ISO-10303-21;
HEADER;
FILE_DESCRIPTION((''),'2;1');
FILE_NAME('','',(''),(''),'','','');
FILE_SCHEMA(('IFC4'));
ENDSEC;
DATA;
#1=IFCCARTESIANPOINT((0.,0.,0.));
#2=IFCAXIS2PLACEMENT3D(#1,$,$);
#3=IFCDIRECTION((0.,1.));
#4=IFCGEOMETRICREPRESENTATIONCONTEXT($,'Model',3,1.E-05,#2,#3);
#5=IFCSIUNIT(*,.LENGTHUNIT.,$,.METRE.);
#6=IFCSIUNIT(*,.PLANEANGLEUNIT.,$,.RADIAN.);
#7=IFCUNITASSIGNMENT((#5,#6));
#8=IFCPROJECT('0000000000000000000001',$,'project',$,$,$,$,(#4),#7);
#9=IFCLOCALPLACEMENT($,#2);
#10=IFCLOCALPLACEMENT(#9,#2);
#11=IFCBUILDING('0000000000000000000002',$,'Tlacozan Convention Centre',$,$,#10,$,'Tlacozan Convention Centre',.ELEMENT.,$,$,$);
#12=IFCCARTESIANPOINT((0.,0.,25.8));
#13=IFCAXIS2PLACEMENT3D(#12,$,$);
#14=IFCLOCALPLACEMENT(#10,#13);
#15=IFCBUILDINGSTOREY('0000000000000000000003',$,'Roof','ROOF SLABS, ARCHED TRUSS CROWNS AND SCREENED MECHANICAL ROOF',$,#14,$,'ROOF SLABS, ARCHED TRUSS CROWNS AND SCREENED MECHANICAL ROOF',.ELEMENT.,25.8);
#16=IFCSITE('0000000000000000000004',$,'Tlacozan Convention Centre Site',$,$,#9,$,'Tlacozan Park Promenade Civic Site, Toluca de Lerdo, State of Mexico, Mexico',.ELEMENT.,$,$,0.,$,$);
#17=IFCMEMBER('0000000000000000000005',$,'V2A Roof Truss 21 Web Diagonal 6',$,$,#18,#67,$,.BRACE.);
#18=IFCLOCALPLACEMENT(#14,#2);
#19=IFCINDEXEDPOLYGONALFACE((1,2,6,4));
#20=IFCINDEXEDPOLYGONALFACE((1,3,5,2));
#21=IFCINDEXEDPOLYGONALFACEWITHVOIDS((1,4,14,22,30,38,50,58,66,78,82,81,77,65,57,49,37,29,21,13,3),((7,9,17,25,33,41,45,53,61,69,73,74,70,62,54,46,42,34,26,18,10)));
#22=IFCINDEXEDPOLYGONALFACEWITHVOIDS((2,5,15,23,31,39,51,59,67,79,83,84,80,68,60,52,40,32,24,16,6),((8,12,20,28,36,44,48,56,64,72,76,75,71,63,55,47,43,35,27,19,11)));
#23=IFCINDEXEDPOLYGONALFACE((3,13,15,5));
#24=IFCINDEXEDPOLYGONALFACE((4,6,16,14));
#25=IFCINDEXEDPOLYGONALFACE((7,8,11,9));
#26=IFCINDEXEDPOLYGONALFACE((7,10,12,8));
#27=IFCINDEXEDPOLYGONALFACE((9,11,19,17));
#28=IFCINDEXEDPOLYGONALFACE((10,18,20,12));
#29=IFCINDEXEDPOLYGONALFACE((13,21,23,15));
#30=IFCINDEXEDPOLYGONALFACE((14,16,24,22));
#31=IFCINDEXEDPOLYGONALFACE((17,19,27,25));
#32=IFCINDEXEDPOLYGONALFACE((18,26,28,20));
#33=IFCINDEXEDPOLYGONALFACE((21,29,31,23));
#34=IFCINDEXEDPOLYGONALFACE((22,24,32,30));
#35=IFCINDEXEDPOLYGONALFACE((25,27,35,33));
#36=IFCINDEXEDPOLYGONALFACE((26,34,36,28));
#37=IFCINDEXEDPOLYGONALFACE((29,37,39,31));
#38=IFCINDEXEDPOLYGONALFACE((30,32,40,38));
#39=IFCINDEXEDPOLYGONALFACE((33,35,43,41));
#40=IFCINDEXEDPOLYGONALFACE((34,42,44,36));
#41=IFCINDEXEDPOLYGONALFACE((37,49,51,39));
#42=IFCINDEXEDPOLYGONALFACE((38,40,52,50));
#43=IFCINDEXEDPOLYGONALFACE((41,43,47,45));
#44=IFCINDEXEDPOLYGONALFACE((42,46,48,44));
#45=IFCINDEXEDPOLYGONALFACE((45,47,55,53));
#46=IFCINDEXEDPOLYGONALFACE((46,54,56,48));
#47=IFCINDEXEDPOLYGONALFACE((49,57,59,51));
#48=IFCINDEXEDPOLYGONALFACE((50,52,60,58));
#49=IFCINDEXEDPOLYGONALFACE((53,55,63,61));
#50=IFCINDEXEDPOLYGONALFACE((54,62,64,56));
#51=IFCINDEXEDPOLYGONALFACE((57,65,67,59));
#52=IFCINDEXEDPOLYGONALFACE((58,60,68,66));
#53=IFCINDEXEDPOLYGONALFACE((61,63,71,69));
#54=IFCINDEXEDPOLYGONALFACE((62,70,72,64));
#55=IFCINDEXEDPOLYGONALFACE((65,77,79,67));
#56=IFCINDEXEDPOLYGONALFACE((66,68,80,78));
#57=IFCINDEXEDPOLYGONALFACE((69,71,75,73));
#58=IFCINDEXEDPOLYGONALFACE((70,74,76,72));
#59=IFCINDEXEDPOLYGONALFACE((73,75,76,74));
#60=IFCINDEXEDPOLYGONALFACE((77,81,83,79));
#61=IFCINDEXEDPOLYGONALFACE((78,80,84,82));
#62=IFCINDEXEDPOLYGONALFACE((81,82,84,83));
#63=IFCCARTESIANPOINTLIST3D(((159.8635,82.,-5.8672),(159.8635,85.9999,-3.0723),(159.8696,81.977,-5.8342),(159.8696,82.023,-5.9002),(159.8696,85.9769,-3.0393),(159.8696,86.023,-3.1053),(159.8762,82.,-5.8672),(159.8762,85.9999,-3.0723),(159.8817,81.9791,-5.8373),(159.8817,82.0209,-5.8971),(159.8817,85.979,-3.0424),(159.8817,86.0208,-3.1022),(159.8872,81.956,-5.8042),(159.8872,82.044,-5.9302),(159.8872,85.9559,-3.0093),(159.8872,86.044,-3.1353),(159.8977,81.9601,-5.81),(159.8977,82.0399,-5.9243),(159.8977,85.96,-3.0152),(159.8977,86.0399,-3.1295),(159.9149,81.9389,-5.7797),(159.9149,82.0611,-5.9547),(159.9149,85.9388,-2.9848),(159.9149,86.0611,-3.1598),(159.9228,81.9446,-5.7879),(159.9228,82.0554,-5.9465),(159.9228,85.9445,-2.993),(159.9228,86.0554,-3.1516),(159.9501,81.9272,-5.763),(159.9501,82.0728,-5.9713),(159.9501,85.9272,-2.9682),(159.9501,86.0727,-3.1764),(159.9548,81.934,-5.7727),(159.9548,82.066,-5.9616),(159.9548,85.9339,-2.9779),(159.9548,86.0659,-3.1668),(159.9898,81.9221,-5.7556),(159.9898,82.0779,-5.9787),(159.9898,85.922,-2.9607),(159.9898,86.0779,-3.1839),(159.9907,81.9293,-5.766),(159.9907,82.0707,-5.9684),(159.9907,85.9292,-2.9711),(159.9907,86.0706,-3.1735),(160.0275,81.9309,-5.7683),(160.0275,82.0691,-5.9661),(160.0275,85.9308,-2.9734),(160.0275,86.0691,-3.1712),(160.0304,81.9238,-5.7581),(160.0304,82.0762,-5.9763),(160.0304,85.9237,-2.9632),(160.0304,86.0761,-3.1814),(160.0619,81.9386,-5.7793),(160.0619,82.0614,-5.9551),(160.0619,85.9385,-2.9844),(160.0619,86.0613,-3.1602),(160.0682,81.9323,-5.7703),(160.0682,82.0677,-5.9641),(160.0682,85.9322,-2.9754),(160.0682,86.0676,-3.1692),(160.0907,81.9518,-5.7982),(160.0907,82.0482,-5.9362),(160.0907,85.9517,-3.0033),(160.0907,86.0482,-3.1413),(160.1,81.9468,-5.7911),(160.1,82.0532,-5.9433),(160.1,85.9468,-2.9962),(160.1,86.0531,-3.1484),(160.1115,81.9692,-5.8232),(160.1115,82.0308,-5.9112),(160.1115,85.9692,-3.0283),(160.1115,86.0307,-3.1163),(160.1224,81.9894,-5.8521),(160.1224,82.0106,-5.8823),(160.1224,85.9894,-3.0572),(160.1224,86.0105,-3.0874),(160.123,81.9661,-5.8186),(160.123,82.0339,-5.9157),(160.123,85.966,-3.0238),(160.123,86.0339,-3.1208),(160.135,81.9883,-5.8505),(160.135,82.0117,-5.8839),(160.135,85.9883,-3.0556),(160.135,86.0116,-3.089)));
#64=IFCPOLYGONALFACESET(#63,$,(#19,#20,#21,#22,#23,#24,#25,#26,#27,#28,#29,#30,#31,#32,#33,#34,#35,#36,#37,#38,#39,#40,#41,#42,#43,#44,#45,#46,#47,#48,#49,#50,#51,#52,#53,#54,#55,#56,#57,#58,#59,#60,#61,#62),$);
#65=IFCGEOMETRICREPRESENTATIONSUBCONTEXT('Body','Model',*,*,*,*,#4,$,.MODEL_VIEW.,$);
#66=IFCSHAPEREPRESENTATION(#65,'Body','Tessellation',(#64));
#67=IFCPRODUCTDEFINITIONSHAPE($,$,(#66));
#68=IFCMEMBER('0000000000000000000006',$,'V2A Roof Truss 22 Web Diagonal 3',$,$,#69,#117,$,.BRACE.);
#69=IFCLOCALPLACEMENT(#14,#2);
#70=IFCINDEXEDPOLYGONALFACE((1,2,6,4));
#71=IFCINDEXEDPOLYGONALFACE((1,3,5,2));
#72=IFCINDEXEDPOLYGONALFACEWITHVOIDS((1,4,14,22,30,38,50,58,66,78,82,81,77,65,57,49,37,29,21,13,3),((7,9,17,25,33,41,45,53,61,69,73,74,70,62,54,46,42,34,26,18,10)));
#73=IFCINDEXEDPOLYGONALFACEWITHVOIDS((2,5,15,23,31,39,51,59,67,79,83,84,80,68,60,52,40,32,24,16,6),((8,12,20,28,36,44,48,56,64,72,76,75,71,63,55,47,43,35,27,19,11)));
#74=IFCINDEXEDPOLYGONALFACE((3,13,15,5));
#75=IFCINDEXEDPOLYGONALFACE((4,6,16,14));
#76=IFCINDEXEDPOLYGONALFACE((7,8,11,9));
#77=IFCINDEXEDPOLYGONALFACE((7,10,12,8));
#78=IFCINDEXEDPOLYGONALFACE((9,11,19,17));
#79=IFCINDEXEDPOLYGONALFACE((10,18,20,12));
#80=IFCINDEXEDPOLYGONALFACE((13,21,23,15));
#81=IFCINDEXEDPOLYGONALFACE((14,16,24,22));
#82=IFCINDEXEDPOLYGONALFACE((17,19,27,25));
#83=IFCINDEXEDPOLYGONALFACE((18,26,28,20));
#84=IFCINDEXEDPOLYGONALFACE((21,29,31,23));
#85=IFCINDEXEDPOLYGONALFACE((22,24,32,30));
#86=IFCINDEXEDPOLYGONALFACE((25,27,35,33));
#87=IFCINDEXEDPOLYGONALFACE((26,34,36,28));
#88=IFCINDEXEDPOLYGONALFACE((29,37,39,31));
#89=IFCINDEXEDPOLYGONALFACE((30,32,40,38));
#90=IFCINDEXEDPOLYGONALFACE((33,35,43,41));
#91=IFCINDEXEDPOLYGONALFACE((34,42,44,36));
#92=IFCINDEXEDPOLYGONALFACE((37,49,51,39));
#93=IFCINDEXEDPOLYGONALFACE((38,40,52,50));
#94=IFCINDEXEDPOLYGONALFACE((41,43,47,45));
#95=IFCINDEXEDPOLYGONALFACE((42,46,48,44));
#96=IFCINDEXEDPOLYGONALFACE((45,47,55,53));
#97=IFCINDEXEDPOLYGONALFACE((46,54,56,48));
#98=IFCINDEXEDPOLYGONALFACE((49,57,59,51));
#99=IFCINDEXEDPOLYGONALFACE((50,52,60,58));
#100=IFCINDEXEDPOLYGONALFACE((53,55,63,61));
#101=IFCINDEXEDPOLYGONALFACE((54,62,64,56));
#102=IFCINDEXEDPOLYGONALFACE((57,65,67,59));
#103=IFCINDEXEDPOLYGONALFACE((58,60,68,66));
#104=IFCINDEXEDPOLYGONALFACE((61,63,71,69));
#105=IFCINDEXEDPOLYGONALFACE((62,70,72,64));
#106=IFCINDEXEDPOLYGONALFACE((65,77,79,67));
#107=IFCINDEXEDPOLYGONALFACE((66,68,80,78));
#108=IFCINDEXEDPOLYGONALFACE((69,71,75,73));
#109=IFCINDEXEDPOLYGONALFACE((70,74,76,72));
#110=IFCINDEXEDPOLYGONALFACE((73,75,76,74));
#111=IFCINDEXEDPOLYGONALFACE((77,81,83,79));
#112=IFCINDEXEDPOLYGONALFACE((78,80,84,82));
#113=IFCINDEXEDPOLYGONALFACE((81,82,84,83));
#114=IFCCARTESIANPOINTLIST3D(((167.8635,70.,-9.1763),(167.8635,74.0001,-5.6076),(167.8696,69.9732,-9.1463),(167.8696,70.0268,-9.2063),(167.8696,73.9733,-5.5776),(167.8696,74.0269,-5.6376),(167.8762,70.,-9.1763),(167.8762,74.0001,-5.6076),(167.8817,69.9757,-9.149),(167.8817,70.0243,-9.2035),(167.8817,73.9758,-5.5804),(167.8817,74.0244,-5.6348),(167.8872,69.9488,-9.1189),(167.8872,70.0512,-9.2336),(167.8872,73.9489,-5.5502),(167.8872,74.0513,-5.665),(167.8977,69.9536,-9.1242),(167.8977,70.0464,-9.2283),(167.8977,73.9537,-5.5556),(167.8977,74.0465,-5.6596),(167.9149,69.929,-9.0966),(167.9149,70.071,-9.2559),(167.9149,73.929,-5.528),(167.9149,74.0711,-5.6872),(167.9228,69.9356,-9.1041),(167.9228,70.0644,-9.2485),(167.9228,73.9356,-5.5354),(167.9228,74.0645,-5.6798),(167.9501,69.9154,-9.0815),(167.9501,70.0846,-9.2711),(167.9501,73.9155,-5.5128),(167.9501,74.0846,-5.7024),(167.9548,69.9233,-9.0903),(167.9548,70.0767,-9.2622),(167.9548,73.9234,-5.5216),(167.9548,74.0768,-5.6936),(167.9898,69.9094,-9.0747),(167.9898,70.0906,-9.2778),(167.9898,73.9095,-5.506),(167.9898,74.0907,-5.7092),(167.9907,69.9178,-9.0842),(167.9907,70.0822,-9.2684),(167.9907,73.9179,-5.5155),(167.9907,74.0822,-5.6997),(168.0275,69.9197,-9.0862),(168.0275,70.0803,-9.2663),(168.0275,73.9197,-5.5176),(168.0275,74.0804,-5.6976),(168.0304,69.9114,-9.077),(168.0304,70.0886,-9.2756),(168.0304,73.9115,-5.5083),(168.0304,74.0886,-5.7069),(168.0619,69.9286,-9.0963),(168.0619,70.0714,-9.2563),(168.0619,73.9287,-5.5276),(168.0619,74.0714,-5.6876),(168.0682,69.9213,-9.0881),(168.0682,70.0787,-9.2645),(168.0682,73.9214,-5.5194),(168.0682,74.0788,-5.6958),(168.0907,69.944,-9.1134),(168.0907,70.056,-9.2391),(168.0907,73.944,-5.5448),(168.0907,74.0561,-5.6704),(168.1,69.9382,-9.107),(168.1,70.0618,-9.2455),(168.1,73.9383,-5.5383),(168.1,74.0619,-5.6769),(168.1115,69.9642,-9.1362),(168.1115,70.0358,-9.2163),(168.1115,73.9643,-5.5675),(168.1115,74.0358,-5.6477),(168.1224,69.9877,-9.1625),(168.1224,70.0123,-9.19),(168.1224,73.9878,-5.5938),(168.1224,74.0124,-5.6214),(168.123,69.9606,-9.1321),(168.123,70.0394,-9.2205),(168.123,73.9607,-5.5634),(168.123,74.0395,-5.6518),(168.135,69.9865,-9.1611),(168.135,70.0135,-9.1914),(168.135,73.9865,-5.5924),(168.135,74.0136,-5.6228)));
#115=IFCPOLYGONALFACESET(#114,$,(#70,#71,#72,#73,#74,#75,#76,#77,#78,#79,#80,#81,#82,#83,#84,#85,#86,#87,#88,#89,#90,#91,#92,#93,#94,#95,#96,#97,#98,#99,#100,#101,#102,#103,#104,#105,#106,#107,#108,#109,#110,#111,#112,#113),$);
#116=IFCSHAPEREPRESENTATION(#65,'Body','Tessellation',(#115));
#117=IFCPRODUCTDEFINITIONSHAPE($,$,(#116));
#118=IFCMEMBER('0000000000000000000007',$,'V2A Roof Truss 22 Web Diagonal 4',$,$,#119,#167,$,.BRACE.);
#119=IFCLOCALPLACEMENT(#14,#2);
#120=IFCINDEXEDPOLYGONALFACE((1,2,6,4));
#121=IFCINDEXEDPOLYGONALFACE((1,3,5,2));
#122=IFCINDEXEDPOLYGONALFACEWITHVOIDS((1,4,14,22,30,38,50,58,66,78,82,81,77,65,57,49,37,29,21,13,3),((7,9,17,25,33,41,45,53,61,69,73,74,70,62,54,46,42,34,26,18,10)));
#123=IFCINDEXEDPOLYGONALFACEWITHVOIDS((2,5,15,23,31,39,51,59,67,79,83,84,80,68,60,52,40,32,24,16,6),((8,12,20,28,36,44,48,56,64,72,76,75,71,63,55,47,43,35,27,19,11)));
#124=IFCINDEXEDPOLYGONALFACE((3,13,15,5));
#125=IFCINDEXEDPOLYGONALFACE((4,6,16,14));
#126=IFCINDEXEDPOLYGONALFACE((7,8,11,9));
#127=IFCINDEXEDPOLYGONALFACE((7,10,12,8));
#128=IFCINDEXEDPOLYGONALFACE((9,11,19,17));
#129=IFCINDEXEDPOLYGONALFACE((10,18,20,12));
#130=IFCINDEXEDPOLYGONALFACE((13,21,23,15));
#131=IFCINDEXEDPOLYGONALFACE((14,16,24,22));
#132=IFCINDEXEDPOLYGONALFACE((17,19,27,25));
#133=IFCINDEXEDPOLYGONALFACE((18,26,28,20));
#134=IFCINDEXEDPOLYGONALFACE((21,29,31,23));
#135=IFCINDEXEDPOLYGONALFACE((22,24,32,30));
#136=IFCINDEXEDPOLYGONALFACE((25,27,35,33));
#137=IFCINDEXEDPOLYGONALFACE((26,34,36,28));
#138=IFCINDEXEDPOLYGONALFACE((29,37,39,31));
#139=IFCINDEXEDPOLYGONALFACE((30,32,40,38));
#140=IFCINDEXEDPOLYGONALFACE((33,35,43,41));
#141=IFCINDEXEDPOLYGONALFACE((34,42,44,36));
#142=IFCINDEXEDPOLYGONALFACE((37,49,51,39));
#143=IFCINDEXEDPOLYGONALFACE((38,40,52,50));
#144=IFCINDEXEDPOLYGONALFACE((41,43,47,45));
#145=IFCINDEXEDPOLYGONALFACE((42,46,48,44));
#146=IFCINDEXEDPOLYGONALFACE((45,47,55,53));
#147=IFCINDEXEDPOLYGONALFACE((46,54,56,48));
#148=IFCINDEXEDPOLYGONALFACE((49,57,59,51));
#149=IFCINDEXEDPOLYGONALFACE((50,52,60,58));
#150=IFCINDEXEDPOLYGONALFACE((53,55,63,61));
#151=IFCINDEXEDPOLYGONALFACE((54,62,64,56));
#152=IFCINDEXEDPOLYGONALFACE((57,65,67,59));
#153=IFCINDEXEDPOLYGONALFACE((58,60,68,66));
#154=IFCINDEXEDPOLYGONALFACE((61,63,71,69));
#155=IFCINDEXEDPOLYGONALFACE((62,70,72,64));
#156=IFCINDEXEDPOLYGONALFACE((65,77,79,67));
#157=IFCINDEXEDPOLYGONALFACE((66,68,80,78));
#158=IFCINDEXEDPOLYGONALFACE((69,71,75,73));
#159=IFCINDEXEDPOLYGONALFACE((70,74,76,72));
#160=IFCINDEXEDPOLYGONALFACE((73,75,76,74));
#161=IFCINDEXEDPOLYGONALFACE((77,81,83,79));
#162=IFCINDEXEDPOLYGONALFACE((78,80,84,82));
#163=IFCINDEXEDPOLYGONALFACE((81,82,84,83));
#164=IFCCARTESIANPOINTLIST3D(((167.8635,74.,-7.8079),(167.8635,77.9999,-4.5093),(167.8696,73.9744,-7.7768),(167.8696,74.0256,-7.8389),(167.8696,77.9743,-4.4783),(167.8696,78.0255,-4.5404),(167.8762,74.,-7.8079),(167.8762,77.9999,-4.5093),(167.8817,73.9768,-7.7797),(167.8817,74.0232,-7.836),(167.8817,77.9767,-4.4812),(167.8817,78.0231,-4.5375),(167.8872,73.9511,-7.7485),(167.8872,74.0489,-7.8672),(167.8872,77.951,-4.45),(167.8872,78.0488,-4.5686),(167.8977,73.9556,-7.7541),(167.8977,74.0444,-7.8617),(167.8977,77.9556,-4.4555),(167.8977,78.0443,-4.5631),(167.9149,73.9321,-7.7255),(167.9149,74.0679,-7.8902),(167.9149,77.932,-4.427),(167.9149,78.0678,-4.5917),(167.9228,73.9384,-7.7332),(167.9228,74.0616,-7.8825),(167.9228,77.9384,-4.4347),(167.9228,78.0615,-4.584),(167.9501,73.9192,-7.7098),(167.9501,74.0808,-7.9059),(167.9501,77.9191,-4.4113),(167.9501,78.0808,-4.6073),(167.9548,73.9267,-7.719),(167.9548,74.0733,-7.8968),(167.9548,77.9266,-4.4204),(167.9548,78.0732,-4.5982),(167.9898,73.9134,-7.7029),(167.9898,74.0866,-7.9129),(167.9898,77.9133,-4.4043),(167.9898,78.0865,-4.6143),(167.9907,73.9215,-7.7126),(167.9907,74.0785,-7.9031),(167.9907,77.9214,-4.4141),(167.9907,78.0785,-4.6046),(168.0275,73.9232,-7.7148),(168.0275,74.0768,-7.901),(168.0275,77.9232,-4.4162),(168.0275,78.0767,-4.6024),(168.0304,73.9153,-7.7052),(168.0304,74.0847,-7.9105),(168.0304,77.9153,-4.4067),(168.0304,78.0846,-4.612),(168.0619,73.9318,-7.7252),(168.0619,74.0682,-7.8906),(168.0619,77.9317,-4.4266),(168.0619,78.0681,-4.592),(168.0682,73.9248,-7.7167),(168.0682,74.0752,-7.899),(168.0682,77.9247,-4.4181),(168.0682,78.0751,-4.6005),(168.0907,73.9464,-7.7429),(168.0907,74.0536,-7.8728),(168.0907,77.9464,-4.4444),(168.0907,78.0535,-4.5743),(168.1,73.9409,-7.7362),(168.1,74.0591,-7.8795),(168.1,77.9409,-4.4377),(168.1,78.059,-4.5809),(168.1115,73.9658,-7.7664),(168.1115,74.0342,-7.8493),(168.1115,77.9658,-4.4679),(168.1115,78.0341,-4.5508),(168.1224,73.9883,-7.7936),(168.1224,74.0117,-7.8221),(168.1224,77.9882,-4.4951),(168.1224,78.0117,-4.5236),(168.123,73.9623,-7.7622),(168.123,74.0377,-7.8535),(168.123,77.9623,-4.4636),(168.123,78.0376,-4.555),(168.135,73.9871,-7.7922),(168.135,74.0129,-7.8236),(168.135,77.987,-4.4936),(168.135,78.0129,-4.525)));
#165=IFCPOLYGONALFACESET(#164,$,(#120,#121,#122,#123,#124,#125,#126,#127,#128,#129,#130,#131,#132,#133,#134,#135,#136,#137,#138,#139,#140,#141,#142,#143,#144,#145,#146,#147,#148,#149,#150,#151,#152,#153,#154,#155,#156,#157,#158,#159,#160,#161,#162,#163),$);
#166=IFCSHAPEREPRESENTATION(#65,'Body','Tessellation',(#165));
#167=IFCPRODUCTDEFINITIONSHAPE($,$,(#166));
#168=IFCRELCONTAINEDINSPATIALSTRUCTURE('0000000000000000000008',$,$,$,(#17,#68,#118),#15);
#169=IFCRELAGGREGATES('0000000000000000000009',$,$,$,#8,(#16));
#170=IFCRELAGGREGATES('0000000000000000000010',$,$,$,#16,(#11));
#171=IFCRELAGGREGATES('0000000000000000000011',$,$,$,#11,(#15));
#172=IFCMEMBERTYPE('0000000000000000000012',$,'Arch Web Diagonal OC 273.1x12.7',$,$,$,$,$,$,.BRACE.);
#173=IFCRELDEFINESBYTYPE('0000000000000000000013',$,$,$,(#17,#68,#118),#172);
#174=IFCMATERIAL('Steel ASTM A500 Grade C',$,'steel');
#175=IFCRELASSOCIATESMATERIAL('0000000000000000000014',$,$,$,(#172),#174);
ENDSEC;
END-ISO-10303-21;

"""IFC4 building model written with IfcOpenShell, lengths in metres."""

from ifc_helpers import new_model, si_unit, direction, frame, origin, origin_2d, place, context, subcontext, project, spatial, hollow_circle, extrude, material, material_profile, profile_set, type_object, element, save


model = new_model("IFC4")

# Units and contexts
model_context = context("Model", 3, precision=1e-05, world=origin(), true_north=direction((0.0, 1.0)))
body_context = subcontext(model_context, "Body", "Model", "MODEL_VIEW")
ifc_project = project(units=[si_unit("LENGTHUNIT", "METRE"), si_unit("PLANEANGLEUNIT", "RADIAN")], contexts=[model_context])

# Site, building, storey
site_placement = place(None, origin())
site = spatial("IfcSite", under=ifc_project, at=site_placement, Name="Tlacozan Convention Centre Site", LongName="Tlacozan Park Promenade Civic Site, Toluca de Lerdo, State of Mexico, Mexico", CompositionType="ELEMENT", RefElevation=0.0)
building_placement = place(site_placement, origin())
building = spatial("IfcBuilding", under=site, at=building_placement, Name="Tlacozan Convention Centre", LongName="Tlacozan Convention Centre", CompositionType="ELEMENT")
storey_placement = place(building_placement, frame((0.0, 0.0, 25.8)))
storey = spatial("IfcBuildingStorey", under=building, at=storey_placement, Name="Roof", Description="ROOF SLABS, ARCHED TRUSS CROWNS AND SCREENED MECHANICAL ROOF", LongName="ROOF SLABS, ARCHED TRUSS CROWNS AND SCREENED MECHANICAL ROOF", CompositionType="ELEMENT", Elevation=25.8)

# Members
ifc_material_1 = material(Name="Steel ASTM A500 Grade C", Category="steel")
ifc_material_profile_1 = material_profile(ifc_material_1, hollow_circle(Radius=0.1365, WallThickness=0.0127, at=origin_2d()), Name="OC 273.1x12.7")
ifc_profile_set_1 = profile_set([ifc_material_profile_1], Name="Steel ASTM A500 Grade C")
member_type_1 = type_object("IfcMemberType", Name="Arch Web Diagonal OC 273.1x12.7", PredefinedType="BRACE", material=ifc_profile_set_1)
member_1_placement = place(storey_placement, frame((160.0, 82.0, -5.8672), z_axis=(0.0, 0.819721, 0.572764), x_axis=(-1.0, 0.0, 0.0)))
element("IfcMember", 1, at=member_1_placement, inside=storey, type_object=member_type_1, Name="V2A Roof Truss 21 Web Diagonal 6", PredefinedType="BRACE", context=body_context, shape_type="SweptSolid", body=[
    extrude(hollow_circle(Radius=0.1365, WallThickness=0.0127, at=origin_2d()), origin(), (0.0, 0.0, 1.0), 4.8796),
])
member_2_placement = place(storey_placement, frame((168.0, 70.0, -9.1763), z_axis=(0.0, 0.746199, 0.665722), x_axis=(-1.0, 0.0, 0.0)))
element("IfcMember", 2, at=member_2_placement, inside=storey, type_object=member_type_1, Name="V2A Roof Truss 22 Web Diagonal 3", PredefinedType="BRACE", context=body_context, shape_type="SweptSolid", body=[
    extrude(hollow_circle(Radius=0.1365, WallThickness=0.0127, at=origin_2d()), origin(), (0.0, 0.0, 1.0), 5.3606),
])
member_3_placement = place(storey_placement, frame((168.0, 74.0, -7.8079), z_axis=(0.0, 0.771507, 0.63622), x_axis=(-1.0, 0.0, 0.0)))
element("IfcMember", 3, at=member_3_placement, inside=storey, type_object=member_type_1, Name="V2A Roof Truss 22 Web Diagonal 4", PredefinedType="BRACE", context=body_context, shape_type="SweptSolid", body=[
    extrude(hollow_circle(Radius=0.1365, WallThickness=0.0127, at=origin_2d()), origin(), (0.0, 0.0, 1.0), 5.1846),
])

save(model, "model.ifc")
